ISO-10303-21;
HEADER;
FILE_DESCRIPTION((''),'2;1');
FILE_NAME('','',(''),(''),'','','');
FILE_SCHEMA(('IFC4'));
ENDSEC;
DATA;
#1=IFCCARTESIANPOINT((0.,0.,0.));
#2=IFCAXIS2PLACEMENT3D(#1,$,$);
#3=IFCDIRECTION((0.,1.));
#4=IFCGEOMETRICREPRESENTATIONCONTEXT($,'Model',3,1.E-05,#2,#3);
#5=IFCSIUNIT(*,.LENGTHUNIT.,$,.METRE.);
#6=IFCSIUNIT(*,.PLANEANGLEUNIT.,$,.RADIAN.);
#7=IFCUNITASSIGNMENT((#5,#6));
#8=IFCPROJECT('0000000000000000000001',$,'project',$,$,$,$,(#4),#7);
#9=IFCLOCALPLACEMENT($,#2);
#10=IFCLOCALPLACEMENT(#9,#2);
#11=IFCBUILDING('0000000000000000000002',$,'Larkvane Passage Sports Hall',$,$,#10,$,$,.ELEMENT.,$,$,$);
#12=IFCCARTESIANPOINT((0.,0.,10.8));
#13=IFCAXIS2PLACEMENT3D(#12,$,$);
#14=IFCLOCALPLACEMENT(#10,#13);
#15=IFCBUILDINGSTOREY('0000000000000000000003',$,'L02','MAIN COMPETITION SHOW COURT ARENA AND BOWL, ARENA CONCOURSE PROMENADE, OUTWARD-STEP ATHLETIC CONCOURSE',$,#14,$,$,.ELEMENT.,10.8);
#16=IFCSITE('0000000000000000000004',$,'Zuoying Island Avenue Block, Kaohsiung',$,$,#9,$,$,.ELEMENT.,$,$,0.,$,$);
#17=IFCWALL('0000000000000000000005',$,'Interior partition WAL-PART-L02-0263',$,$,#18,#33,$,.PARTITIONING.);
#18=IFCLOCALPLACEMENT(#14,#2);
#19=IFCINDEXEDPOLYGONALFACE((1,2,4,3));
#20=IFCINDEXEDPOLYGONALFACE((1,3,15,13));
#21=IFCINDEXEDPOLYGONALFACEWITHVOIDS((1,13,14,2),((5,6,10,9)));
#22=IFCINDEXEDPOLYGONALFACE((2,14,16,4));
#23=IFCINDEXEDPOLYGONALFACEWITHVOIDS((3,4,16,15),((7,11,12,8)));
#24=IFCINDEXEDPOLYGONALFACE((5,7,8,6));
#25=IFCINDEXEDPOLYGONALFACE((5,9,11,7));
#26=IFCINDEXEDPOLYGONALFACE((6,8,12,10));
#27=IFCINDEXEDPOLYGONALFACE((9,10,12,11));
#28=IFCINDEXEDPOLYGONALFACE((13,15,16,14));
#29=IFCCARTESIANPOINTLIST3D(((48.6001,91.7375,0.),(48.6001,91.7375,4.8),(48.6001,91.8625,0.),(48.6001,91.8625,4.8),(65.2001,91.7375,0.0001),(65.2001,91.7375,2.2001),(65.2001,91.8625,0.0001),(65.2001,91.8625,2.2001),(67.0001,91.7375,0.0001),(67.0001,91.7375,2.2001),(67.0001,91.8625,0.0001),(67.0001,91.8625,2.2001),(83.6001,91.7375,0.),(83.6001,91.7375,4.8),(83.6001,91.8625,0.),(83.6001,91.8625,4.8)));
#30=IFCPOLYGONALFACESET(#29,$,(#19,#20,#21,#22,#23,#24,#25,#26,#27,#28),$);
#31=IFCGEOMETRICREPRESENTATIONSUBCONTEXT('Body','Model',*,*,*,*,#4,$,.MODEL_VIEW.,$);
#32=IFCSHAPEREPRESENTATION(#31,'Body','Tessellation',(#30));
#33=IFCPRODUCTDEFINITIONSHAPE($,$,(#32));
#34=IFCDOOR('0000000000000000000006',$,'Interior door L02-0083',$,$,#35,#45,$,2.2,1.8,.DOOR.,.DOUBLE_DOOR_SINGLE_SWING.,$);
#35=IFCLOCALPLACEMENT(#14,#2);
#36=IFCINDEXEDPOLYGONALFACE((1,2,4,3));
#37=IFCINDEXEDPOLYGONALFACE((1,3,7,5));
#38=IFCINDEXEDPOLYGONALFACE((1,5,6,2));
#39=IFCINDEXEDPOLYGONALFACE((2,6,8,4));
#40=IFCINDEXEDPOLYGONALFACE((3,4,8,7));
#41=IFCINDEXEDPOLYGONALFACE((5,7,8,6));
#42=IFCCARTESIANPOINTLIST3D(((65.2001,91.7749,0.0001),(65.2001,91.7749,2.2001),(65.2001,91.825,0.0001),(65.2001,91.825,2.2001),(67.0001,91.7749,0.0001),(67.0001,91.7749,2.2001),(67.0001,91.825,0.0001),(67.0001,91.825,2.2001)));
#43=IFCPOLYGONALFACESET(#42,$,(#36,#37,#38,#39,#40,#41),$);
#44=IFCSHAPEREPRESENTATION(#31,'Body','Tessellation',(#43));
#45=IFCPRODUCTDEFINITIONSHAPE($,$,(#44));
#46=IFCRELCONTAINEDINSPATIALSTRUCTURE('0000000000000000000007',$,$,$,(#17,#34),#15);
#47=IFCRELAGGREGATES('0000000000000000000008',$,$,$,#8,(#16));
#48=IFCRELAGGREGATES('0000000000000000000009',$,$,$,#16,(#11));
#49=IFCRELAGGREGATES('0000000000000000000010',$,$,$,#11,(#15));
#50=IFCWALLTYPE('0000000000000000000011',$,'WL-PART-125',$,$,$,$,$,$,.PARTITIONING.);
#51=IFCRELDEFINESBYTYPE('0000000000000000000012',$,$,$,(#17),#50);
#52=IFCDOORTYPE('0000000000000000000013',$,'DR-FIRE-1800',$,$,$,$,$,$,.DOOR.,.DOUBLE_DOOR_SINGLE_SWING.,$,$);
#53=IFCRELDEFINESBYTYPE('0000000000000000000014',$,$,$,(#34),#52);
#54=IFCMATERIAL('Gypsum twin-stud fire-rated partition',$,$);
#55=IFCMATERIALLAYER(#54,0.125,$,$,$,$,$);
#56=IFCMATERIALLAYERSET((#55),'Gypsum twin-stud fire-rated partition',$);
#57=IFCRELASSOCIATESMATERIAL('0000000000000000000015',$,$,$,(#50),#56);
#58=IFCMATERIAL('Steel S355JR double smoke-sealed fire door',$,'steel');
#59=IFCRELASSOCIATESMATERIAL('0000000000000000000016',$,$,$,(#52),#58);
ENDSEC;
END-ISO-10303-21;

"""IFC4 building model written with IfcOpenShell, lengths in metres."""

from ifc_helpers import new_model, si_unit, direction, frame, frame_2d, origin, place, context, subcontext, project, spatial, rectangle, extrude, material, layer, layer_set, type_object, element, fill, save


model = new_model("IFC4")

# Units and contexts
model_context = context("Model", 3, precision=1e-05, world=origin(), true_north=direction((0.0, 1.0)))
body_context = subcontext(model_context, "Body", "Model", "MODEL_VIEW")
ifc_project = project(units=[si_unit("LENGTHUNIT", "METRE"), si_unit("PLANEANGLEUNIT", "RADIAN")], contexts=[model_context])

# Site, building, storey
site_placement = place(None, origin())
site = spatial("IfcSite", under=ifc_project, at=site_placement, Name="Zuoying Island Avenue Block, Kaohsiung", CompositionType="ELEMENT", RefElevation=0.0)
building_placement = place(site_placement, origin())
building = spatial("IfcBuilding", under=site, at=building_placement, Name="Larkvane Passage Sports Hall", CompositionType="ELEMENT")
storey_placement = place(building_placement, frame((0.0, 0.0, 10.8)))
storey = spatial("IfcBuildingStorey", under=building, at=storey_placement, Name="L02", Description="MAIN COMPETITION SHOW COURT ARENA AND BOWL, ARENA CONCOURSE PROMENADE, OUTWARD-STEP ATHLETIC CONCOURSE", CompositionType="ELEMENT", Elevation=10.8)

# Wall, opening, door
ifc_material_1 = material(Name="Gypsum twin-stud fire-rated partition")
ifc_layer_1 = layer(ifc_material_1, 0.125)
ifc_layer_set_1 = layer_set([ifc_layer_1], Name="Gypsum twin-stud fire-rated partition")
wall_type = type_object("IfcWallType", Name="WL-PART-125", PredefinedType="PARTITIONING", material=ifc_layer_set_1)
wall_placement = place(storey_placement, frame((48.6001, 91.8, 0.0), z_axis=(0.0, 0.0, 1.0), x_axis=(1.0, 0.0, 0.0)))
wall = element("IfcWall", 1, at=wall_placement, inside=storey, type_object=wall_type, Name="Interior partition WAL-PART-L02-0263", PredefinedType="PARTITIONING", context=body_context, shape_type="SweptSolid", body=[
    extrude(rectangle(XDim=35.0, YDim=0.125, at=frame_2d((17.5, 0.0))), origin(), (0.0, 0.0, 1.0), 4.8),
])
opening_placement = place(wall_placement, frame((16.6001, 0.0, 0.0)))
opening = element("IfcOpeningElement", 2, at=opening_placement, cuts=wall, PredefinedType="OPENING", context=body_context, shape_type="SweptSolid", body=[
    extrude(rectangle(XDim=1.8, YDim=2.2, at=frame_2d((0.8999, 1.1001))), frame((0.0, 0.0725, 0.0), z_axis=(0.0, -1.0, 0.0), x_axis=(1.0, 0.0, 0.0)), (0.0, 0.0, 1.0), 0.145),
])
ifc_material_2 = material(Name="Steel S355JR double smoke-sealed fire door", Category="steel")
door_type = type_object("IfcDoorType", Name="DR-FIRE-1800", OperationType="DOUBLE_DOOR_SINGLE_SWING", PredefinedType="DOOR", material=ifc_material_2)
door_placement = place(opening_placement, origin())
door = element("IfcDoor", 3, at=door_placement, inside=storey, type_object=door_type, Name="Interior door L02-0083", OperationType="DOUBLE_DOOR_SINGLE_SWING", OverallHeight=2.2, OverallWidth=1.8, PredefinedType="DOOR", context=body_context, shape_type="SweptSolid", body=[
    extrude(rectangle(XDim=1.8, YDim=2.2, at=frame_2d((0.8999, 1.1001))), frame((0.0, 0.0249, 0.0), z_axis=(0.0, -1.0, 0.0), x_axis=(1.0, 0.0, 0.0)), (0.0, 0.0, 1.0), 0.05),
])
fill(opening, door)

save(model, "model.ifc")
